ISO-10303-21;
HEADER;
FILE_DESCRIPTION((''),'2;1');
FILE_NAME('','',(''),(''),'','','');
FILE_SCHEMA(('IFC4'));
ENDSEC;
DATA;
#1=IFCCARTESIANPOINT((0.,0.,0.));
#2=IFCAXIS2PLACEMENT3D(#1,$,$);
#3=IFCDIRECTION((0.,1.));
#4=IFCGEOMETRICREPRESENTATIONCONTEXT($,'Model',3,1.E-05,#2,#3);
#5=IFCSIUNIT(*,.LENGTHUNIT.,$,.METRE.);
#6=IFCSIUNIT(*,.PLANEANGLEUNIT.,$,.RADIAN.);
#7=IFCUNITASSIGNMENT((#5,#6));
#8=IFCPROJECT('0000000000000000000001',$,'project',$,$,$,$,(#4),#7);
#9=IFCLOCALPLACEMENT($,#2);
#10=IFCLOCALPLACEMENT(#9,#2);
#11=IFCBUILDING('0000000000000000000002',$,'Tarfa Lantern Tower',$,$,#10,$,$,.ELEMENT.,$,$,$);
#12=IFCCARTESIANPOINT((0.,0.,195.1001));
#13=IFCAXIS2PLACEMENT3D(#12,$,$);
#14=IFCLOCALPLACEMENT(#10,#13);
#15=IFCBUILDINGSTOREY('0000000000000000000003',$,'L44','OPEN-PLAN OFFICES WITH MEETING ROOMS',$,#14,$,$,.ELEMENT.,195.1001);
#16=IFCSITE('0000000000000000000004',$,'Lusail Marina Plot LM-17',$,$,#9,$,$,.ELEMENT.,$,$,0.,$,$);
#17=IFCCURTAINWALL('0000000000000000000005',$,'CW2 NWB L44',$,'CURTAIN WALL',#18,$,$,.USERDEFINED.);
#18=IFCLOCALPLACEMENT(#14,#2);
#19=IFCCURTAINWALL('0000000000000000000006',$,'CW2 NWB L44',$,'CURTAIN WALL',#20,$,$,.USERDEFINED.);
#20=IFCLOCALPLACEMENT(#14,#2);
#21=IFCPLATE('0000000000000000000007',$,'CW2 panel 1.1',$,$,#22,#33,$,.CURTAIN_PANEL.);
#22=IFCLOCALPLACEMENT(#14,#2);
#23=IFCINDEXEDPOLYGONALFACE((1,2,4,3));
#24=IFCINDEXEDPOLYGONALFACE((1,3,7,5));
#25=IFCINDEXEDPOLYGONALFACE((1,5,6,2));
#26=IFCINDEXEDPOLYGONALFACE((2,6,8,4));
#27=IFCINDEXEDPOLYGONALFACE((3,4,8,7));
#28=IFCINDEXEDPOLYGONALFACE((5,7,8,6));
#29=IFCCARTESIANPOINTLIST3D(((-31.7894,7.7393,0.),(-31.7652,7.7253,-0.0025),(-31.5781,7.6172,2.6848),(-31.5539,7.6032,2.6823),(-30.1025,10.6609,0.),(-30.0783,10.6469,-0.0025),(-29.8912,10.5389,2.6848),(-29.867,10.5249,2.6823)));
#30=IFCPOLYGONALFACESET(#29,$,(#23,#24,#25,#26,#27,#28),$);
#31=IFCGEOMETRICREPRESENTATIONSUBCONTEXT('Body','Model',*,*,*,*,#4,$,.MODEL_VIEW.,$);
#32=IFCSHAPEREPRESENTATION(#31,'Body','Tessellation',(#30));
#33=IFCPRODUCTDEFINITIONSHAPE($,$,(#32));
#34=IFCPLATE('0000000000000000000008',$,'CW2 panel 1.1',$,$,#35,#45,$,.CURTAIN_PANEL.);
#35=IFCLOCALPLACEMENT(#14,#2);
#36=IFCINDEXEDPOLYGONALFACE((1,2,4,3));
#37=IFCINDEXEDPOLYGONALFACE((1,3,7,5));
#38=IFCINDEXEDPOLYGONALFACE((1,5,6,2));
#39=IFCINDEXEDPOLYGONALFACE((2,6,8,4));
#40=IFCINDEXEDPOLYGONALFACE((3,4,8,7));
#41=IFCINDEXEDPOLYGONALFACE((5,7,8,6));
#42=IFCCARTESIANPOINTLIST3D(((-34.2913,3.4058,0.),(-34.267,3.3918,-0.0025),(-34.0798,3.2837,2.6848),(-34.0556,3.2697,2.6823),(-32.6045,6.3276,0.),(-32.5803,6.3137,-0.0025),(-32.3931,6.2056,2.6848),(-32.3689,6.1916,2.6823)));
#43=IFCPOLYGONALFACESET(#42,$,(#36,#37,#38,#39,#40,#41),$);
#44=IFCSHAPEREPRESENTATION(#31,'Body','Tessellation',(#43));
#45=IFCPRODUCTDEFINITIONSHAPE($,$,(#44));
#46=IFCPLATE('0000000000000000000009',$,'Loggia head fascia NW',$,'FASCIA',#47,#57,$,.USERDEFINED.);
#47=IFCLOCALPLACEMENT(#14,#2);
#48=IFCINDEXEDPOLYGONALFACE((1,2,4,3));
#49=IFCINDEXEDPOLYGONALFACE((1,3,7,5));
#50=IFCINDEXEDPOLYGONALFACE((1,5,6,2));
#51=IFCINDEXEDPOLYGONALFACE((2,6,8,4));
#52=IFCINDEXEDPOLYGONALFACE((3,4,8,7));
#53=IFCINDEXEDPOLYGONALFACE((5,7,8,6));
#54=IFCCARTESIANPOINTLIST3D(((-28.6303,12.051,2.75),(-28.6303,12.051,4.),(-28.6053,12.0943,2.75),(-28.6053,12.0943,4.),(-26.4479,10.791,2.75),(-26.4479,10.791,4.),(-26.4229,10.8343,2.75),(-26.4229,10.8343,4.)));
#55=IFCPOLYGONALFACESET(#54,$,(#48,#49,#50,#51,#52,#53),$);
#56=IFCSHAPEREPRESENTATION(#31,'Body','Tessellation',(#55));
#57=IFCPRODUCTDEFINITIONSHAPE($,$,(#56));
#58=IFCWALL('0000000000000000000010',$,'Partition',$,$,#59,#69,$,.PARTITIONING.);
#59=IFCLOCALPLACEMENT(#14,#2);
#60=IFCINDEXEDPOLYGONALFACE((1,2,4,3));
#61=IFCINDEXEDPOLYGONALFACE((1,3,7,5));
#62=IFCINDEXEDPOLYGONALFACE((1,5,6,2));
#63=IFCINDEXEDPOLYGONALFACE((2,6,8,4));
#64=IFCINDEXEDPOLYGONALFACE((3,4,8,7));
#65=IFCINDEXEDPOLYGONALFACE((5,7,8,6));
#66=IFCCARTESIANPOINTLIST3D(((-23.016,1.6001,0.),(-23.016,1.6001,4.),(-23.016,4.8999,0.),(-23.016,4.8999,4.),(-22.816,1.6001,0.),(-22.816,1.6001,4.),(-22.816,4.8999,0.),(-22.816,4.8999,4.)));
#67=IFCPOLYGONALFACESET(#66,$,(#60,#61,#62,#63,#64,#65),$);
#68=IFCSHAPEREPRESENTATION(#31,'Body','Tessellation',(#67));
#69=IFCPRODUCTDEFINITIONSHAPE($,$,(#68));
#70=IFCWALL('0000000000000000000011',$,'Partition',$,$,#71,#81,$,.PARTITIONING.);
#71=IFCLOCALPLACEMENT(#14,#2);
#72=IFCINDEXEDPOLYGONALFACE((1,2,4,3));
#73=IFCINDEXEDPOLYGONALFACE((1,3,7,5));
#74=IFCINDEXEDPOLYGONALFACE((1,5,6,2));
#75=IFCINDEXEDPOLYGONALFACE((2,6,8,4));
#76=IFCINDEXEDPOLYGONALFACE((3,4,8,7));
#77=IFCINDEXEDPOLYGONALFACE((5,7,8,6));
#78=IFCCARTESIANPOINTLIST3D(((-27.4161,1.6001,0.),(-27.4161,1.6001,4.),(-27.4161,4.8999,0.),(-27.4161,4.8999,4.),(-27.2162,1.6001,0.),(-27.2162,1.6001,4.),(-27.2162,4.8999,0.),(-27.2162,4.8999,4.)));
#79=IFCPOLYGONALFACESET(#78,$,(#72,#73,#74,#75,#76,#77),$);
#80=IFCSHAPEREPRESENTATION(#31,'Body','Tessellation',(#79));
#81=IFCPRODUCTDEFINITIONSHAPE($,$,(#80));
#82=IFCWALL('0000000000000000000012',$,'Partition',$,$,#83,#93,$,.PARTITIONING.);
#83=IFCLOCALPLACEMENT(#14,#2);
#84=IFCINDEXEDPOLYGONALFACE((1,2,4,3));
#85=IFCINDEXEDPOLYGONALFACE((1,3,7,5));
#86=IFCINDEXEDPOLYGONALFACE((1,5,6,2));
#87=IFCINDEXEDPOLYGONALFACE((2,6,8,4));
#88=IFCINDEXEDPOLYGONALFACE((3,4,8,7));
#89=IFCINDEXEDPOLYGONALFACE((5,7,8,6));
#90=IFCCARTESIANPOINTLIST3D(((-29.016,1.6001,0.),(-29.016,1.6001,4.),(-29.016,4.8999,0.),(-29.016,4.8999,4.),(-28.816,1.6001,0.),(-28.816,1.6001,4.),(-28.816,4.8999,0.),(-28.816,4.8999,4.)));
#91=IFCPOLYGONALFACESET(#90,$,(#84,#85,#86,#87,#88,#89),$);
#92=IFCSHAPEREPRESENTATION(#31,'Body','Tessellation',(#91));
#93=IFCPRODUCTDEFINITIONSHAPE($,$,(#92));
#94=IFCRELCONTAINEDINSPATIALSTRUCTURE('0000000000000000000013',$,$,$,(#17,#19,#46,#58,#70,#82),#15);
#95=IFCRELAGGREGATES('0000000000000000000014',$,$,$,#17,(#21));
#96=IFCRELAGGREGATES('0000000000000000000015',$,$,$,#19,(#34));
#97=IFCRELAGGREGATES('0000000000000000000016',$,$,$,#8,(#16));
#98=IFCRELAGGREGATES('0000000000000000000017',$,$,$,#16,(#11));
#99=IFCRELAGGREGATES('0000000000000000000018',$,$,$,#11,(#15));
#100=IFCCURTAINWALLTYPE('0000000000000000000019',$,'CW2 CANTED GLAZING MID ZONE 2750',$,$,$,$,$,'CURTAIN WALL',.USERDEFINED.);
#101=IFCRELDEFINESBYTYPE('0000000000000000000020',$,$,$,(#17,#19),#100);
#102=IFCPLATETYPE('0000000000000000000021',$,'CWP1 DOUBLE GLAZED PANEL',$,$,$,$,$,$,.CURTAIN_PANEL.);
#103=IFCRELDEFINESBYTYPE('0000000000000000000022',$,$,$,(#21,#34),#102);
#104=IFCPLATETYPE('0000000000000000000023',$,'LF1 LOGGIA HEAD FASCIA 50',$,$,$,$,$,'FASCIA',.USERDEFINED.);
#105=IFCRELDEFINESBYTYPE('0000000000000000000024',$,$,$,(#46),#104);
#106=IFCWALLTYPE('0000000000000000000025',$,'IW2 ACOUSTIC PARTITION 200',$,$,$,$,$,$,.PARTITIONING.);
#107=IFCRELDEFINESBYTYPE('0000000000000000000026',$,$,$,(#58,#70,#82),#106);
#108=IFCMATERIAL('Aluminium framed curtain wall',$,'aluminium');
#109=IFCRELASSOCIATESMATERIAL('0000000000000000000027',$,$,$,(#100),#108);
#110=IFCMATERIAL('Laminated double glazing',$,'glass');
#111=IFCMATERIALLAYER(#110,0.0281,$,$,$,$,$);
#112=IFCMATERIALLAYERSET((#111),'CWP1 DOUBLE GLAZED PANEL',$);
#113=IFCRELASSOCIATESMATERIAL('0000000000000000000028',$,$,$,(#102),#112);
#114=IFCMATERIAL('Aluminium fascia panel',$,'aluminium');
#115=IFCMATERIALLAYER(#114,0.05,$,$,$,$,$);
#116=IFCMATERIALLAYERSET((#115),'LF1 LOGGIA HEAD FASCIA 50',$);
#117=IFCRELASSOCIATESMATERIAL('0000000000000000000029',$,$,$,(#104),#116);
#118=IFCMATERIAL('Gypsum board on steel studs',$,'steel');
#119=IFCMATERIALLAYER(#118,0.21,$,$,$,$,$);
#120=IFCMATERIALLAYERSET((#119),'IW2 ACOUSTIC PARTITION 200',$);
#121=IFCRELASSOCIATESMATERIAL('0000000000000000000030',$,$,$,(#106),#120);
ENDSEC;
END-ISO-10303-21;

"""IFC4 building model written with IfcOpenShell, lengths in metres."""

from ifc_helpers import new_model, si_unit, direction, frame, frame_2d, origin, origin_2d, place, context, subcontext, project, spatial, polyline, rectangle, outline, extrude, material, layer, layer_set, type_object, element, aggregate, save


model = new_model("IFC4")

# Units and contexts
model_context = context("Model", 3, precision=1e-05, world=origin(), true_north=direction((0.0, 1.0)))
body_context = subcontext(model_context, "Body", "Model", "MODEL_VIEW")
ifc_project = project(units=[si_unit("LENGTHUNIT", "METRE"), si_unit("PLANEANGLEUNIT", "RADIAN")], contexts=[model_context])

# Site, building, storey
site_placement = place(None, origin())
site = spatial("IfcSite", under=ifc_project, at=site_placement, Name="Lusail Marina Plot LM-17", CompositionType="ELEMENT", RefElevation=0.0)
building_placement = place(site_placement, origin())
building = spatial("IfcBuilding", under=site, at=building_placement, Name="Tarfa Lantern Tower", CompositionType="ELEMENT")
storey_placement = place(building_placement, frame((0.0, 0.0, 195.1001)))
storey = spatial("IfcBuildingStorey", under=building, at=storey_placement, Name="L44", Description="OPEN-PLAN OFFICES WITH MEETING ROOMS", CompositionType="ELEMENT", Elevation=195.1001)

# Curtain walls
ifc_material_1 = material(Name="Aluminium framed curtain wall", Category="aluminium")
curtain_wall_type_1 = type_object("IfcCurtainWallType", Name="CW2 CANTED GLAZING MID ZONE 2750", ElementType="CURTAIN WALL", PredefinedType="USERDEFINED", material=ifc_material_1)
curtain_wall_1_placement = place(storey_placement, origin())
curtain_wall_1 = element("IfcCurtainWall", 1, at=curtain_wall_1_placement, inside=storey, type_object=curtain_wall_type_1, Name="CW2 NWB L44", ObjectType="CURTAIN WALL", PredefinedType="USERDEFINED")
curtain_wall_2_placement = place(storey_placement, origin())
curtain_wall_2 = element("IfcCurtainWall", 2, at=curtain_wall_2_placement, inside=storey, type_object=curtain_wall_type_1, Name="CW2 NWB L44", ObjectType="CURTAIN WALL", PredefinedType="USERDEFINED")

# Plates
ifc_material_2 = material(Name="Laminated double glazing", Category="glass")
ifc_layer_1 = layer(ifc_material_2, 0.0281)
ifc_layer_set_1 = layer_set([ifc_layer_1], Name="CWP1 DOUBLE GLAZED PANEL")
plate_type_1 = type_object("IfcPlateType", Name="CWP1 DOUBLE GLAZED PANEL", PredefinedType="CURTAIN_PANEL", material=ifc_layer_set_1)
plate_1_placement = place(storey_placement, frame((-30.1025, 10.6609, 0.0), z_axis=(-0.862459, 0.497966, 0.090519), x_axis=(-0.500019, -0.866015, 0.000003)))
plate_1 = element("IfcPlate", 3, at=plate_1_placement, type_object=plate_type_1, Name="CW2 panel 1.1", PredefinedType="CURTAIN_PANEL", context=body_context, shape_type="SweptSolid", body=[
    extrude(outline(polyline([(0.0, 0.0), (3.3736, 0.0), (3.3737, 2.6959), (0.0, 2.6959), (0.0, 0.0)])), origin(), (0.0, 0.0, -1.0), 0.0281),
])
aggregate(curtain_wall_1, [plate_1])
plate_2_placement = place(storey_placement, frame((-32.6045, 6.3276, 0.0), z_axis=(-0.86249, 0.497906, 0.090558), x_axis=(-0.49996, -0.866048, 0.0)))
plate_2 = element("IfcPlate", 4, at=plate_2_placement, type_object=plate_type_1, Name="CW2 panel 1.1", PredefinedType="CURTAIN_PANEL", context=body_context, shape_type="SweptSolid", body=[
    extrude(outline(polyline([(0.0, 0.0), (3.3738, 0.0), (3.3738, 2.6959), (0.0, 2.6959), (0.0, 0.0)])), origin(), (0.0, 0.0, -1.0), 0.0281),
])
aggregate(curtain_wall_2, [plate_2])
ifc_material_3 = material(Name="Aluminium fascia panel", Category="aluminium")
ifc_layer_2 = layer(ifc_material_3, 0.05)
ifc_layer_set_2 = layer_set([ifc_layer_2], Name="LF1 LOGGIA HEAD FASCIA 50")
plate_type_2 = type_object("IfcPlateType", Name="LF1 LOGGIA HEAD FASCIA 50", ElementType="FASCIA", PredefinedType="USERDEFINED", material=ifc_layer_set_2)
plate_3_placement = place(storey_placement, frame((-27.5266, 11.4426, 2.75), z_axis=(0.0, 0.0, 1.0), x_axis=(0.866025, -0.5, 0.0)))
element("IfcPlate", 5, at=plate_3_placement, inside=storey, type_object=plate_type_2, Name="Loggia head fascia NW", ObjectType="FASCIA", PredefinedType="USERDEFINED", context=body_context, shape_type="SweptSolid", body=[
    extrude(rectangle(XDim=2.52, YDim=0.05, at=origin_2d()), origin(), (0.0, 0.0, 1.0), 1.25),
])

# Walls
ifc_material_4 = material(Name="Gypsum board on steel studs", Category="steel")
ifc_layer_3 = layer(ifc_material_4, 0.21)
ifc_layer_set_3 = layer_set([ifc_layer_3], Name="IW2 ACOUSTIC PARTITION 200")
wall_type = type_object("IfcWallType", Name="IW2 ACOUSTIC PARTITION 200", PredefinedType="PARTITIONING", material=ifc_layer_set_3)
for number, where, z_axis, x_axis, name in (
    (6, (-22.916, 4.8999, 0.0), (0.0, 0.0, 1.0), (0.0, -1.0, 0.0), "Partition"),
    (7, (-27.3162, 4.8999, 0.0), (0.0, 0.0, 1.0), (0.0, -1.0, 0.0), "Partition"),
    (8, (-28.916, 4.8999, 0.0), (0.0, 0.0, 1.0), (0.0, -1.0, 0.0), "Partition"),
):
    element("IfcWall", number, at=place(storey_placement, frame(where, z_axis=z_axis, x_axis=x_axis)), inside=storey, type_object=wall_type, Name=name, PredefinedType="PARTITIONING", context=body_context, shape_type="SweptSolid", body=[
        extrude(rectangle(XDim=3.2998, YDim=0.2, at=frame_2d((1.6499, 0.0))), origin(), (0.0, 0.0, 1.0), 4.0),
    ])

save(model, "model.ifc")
